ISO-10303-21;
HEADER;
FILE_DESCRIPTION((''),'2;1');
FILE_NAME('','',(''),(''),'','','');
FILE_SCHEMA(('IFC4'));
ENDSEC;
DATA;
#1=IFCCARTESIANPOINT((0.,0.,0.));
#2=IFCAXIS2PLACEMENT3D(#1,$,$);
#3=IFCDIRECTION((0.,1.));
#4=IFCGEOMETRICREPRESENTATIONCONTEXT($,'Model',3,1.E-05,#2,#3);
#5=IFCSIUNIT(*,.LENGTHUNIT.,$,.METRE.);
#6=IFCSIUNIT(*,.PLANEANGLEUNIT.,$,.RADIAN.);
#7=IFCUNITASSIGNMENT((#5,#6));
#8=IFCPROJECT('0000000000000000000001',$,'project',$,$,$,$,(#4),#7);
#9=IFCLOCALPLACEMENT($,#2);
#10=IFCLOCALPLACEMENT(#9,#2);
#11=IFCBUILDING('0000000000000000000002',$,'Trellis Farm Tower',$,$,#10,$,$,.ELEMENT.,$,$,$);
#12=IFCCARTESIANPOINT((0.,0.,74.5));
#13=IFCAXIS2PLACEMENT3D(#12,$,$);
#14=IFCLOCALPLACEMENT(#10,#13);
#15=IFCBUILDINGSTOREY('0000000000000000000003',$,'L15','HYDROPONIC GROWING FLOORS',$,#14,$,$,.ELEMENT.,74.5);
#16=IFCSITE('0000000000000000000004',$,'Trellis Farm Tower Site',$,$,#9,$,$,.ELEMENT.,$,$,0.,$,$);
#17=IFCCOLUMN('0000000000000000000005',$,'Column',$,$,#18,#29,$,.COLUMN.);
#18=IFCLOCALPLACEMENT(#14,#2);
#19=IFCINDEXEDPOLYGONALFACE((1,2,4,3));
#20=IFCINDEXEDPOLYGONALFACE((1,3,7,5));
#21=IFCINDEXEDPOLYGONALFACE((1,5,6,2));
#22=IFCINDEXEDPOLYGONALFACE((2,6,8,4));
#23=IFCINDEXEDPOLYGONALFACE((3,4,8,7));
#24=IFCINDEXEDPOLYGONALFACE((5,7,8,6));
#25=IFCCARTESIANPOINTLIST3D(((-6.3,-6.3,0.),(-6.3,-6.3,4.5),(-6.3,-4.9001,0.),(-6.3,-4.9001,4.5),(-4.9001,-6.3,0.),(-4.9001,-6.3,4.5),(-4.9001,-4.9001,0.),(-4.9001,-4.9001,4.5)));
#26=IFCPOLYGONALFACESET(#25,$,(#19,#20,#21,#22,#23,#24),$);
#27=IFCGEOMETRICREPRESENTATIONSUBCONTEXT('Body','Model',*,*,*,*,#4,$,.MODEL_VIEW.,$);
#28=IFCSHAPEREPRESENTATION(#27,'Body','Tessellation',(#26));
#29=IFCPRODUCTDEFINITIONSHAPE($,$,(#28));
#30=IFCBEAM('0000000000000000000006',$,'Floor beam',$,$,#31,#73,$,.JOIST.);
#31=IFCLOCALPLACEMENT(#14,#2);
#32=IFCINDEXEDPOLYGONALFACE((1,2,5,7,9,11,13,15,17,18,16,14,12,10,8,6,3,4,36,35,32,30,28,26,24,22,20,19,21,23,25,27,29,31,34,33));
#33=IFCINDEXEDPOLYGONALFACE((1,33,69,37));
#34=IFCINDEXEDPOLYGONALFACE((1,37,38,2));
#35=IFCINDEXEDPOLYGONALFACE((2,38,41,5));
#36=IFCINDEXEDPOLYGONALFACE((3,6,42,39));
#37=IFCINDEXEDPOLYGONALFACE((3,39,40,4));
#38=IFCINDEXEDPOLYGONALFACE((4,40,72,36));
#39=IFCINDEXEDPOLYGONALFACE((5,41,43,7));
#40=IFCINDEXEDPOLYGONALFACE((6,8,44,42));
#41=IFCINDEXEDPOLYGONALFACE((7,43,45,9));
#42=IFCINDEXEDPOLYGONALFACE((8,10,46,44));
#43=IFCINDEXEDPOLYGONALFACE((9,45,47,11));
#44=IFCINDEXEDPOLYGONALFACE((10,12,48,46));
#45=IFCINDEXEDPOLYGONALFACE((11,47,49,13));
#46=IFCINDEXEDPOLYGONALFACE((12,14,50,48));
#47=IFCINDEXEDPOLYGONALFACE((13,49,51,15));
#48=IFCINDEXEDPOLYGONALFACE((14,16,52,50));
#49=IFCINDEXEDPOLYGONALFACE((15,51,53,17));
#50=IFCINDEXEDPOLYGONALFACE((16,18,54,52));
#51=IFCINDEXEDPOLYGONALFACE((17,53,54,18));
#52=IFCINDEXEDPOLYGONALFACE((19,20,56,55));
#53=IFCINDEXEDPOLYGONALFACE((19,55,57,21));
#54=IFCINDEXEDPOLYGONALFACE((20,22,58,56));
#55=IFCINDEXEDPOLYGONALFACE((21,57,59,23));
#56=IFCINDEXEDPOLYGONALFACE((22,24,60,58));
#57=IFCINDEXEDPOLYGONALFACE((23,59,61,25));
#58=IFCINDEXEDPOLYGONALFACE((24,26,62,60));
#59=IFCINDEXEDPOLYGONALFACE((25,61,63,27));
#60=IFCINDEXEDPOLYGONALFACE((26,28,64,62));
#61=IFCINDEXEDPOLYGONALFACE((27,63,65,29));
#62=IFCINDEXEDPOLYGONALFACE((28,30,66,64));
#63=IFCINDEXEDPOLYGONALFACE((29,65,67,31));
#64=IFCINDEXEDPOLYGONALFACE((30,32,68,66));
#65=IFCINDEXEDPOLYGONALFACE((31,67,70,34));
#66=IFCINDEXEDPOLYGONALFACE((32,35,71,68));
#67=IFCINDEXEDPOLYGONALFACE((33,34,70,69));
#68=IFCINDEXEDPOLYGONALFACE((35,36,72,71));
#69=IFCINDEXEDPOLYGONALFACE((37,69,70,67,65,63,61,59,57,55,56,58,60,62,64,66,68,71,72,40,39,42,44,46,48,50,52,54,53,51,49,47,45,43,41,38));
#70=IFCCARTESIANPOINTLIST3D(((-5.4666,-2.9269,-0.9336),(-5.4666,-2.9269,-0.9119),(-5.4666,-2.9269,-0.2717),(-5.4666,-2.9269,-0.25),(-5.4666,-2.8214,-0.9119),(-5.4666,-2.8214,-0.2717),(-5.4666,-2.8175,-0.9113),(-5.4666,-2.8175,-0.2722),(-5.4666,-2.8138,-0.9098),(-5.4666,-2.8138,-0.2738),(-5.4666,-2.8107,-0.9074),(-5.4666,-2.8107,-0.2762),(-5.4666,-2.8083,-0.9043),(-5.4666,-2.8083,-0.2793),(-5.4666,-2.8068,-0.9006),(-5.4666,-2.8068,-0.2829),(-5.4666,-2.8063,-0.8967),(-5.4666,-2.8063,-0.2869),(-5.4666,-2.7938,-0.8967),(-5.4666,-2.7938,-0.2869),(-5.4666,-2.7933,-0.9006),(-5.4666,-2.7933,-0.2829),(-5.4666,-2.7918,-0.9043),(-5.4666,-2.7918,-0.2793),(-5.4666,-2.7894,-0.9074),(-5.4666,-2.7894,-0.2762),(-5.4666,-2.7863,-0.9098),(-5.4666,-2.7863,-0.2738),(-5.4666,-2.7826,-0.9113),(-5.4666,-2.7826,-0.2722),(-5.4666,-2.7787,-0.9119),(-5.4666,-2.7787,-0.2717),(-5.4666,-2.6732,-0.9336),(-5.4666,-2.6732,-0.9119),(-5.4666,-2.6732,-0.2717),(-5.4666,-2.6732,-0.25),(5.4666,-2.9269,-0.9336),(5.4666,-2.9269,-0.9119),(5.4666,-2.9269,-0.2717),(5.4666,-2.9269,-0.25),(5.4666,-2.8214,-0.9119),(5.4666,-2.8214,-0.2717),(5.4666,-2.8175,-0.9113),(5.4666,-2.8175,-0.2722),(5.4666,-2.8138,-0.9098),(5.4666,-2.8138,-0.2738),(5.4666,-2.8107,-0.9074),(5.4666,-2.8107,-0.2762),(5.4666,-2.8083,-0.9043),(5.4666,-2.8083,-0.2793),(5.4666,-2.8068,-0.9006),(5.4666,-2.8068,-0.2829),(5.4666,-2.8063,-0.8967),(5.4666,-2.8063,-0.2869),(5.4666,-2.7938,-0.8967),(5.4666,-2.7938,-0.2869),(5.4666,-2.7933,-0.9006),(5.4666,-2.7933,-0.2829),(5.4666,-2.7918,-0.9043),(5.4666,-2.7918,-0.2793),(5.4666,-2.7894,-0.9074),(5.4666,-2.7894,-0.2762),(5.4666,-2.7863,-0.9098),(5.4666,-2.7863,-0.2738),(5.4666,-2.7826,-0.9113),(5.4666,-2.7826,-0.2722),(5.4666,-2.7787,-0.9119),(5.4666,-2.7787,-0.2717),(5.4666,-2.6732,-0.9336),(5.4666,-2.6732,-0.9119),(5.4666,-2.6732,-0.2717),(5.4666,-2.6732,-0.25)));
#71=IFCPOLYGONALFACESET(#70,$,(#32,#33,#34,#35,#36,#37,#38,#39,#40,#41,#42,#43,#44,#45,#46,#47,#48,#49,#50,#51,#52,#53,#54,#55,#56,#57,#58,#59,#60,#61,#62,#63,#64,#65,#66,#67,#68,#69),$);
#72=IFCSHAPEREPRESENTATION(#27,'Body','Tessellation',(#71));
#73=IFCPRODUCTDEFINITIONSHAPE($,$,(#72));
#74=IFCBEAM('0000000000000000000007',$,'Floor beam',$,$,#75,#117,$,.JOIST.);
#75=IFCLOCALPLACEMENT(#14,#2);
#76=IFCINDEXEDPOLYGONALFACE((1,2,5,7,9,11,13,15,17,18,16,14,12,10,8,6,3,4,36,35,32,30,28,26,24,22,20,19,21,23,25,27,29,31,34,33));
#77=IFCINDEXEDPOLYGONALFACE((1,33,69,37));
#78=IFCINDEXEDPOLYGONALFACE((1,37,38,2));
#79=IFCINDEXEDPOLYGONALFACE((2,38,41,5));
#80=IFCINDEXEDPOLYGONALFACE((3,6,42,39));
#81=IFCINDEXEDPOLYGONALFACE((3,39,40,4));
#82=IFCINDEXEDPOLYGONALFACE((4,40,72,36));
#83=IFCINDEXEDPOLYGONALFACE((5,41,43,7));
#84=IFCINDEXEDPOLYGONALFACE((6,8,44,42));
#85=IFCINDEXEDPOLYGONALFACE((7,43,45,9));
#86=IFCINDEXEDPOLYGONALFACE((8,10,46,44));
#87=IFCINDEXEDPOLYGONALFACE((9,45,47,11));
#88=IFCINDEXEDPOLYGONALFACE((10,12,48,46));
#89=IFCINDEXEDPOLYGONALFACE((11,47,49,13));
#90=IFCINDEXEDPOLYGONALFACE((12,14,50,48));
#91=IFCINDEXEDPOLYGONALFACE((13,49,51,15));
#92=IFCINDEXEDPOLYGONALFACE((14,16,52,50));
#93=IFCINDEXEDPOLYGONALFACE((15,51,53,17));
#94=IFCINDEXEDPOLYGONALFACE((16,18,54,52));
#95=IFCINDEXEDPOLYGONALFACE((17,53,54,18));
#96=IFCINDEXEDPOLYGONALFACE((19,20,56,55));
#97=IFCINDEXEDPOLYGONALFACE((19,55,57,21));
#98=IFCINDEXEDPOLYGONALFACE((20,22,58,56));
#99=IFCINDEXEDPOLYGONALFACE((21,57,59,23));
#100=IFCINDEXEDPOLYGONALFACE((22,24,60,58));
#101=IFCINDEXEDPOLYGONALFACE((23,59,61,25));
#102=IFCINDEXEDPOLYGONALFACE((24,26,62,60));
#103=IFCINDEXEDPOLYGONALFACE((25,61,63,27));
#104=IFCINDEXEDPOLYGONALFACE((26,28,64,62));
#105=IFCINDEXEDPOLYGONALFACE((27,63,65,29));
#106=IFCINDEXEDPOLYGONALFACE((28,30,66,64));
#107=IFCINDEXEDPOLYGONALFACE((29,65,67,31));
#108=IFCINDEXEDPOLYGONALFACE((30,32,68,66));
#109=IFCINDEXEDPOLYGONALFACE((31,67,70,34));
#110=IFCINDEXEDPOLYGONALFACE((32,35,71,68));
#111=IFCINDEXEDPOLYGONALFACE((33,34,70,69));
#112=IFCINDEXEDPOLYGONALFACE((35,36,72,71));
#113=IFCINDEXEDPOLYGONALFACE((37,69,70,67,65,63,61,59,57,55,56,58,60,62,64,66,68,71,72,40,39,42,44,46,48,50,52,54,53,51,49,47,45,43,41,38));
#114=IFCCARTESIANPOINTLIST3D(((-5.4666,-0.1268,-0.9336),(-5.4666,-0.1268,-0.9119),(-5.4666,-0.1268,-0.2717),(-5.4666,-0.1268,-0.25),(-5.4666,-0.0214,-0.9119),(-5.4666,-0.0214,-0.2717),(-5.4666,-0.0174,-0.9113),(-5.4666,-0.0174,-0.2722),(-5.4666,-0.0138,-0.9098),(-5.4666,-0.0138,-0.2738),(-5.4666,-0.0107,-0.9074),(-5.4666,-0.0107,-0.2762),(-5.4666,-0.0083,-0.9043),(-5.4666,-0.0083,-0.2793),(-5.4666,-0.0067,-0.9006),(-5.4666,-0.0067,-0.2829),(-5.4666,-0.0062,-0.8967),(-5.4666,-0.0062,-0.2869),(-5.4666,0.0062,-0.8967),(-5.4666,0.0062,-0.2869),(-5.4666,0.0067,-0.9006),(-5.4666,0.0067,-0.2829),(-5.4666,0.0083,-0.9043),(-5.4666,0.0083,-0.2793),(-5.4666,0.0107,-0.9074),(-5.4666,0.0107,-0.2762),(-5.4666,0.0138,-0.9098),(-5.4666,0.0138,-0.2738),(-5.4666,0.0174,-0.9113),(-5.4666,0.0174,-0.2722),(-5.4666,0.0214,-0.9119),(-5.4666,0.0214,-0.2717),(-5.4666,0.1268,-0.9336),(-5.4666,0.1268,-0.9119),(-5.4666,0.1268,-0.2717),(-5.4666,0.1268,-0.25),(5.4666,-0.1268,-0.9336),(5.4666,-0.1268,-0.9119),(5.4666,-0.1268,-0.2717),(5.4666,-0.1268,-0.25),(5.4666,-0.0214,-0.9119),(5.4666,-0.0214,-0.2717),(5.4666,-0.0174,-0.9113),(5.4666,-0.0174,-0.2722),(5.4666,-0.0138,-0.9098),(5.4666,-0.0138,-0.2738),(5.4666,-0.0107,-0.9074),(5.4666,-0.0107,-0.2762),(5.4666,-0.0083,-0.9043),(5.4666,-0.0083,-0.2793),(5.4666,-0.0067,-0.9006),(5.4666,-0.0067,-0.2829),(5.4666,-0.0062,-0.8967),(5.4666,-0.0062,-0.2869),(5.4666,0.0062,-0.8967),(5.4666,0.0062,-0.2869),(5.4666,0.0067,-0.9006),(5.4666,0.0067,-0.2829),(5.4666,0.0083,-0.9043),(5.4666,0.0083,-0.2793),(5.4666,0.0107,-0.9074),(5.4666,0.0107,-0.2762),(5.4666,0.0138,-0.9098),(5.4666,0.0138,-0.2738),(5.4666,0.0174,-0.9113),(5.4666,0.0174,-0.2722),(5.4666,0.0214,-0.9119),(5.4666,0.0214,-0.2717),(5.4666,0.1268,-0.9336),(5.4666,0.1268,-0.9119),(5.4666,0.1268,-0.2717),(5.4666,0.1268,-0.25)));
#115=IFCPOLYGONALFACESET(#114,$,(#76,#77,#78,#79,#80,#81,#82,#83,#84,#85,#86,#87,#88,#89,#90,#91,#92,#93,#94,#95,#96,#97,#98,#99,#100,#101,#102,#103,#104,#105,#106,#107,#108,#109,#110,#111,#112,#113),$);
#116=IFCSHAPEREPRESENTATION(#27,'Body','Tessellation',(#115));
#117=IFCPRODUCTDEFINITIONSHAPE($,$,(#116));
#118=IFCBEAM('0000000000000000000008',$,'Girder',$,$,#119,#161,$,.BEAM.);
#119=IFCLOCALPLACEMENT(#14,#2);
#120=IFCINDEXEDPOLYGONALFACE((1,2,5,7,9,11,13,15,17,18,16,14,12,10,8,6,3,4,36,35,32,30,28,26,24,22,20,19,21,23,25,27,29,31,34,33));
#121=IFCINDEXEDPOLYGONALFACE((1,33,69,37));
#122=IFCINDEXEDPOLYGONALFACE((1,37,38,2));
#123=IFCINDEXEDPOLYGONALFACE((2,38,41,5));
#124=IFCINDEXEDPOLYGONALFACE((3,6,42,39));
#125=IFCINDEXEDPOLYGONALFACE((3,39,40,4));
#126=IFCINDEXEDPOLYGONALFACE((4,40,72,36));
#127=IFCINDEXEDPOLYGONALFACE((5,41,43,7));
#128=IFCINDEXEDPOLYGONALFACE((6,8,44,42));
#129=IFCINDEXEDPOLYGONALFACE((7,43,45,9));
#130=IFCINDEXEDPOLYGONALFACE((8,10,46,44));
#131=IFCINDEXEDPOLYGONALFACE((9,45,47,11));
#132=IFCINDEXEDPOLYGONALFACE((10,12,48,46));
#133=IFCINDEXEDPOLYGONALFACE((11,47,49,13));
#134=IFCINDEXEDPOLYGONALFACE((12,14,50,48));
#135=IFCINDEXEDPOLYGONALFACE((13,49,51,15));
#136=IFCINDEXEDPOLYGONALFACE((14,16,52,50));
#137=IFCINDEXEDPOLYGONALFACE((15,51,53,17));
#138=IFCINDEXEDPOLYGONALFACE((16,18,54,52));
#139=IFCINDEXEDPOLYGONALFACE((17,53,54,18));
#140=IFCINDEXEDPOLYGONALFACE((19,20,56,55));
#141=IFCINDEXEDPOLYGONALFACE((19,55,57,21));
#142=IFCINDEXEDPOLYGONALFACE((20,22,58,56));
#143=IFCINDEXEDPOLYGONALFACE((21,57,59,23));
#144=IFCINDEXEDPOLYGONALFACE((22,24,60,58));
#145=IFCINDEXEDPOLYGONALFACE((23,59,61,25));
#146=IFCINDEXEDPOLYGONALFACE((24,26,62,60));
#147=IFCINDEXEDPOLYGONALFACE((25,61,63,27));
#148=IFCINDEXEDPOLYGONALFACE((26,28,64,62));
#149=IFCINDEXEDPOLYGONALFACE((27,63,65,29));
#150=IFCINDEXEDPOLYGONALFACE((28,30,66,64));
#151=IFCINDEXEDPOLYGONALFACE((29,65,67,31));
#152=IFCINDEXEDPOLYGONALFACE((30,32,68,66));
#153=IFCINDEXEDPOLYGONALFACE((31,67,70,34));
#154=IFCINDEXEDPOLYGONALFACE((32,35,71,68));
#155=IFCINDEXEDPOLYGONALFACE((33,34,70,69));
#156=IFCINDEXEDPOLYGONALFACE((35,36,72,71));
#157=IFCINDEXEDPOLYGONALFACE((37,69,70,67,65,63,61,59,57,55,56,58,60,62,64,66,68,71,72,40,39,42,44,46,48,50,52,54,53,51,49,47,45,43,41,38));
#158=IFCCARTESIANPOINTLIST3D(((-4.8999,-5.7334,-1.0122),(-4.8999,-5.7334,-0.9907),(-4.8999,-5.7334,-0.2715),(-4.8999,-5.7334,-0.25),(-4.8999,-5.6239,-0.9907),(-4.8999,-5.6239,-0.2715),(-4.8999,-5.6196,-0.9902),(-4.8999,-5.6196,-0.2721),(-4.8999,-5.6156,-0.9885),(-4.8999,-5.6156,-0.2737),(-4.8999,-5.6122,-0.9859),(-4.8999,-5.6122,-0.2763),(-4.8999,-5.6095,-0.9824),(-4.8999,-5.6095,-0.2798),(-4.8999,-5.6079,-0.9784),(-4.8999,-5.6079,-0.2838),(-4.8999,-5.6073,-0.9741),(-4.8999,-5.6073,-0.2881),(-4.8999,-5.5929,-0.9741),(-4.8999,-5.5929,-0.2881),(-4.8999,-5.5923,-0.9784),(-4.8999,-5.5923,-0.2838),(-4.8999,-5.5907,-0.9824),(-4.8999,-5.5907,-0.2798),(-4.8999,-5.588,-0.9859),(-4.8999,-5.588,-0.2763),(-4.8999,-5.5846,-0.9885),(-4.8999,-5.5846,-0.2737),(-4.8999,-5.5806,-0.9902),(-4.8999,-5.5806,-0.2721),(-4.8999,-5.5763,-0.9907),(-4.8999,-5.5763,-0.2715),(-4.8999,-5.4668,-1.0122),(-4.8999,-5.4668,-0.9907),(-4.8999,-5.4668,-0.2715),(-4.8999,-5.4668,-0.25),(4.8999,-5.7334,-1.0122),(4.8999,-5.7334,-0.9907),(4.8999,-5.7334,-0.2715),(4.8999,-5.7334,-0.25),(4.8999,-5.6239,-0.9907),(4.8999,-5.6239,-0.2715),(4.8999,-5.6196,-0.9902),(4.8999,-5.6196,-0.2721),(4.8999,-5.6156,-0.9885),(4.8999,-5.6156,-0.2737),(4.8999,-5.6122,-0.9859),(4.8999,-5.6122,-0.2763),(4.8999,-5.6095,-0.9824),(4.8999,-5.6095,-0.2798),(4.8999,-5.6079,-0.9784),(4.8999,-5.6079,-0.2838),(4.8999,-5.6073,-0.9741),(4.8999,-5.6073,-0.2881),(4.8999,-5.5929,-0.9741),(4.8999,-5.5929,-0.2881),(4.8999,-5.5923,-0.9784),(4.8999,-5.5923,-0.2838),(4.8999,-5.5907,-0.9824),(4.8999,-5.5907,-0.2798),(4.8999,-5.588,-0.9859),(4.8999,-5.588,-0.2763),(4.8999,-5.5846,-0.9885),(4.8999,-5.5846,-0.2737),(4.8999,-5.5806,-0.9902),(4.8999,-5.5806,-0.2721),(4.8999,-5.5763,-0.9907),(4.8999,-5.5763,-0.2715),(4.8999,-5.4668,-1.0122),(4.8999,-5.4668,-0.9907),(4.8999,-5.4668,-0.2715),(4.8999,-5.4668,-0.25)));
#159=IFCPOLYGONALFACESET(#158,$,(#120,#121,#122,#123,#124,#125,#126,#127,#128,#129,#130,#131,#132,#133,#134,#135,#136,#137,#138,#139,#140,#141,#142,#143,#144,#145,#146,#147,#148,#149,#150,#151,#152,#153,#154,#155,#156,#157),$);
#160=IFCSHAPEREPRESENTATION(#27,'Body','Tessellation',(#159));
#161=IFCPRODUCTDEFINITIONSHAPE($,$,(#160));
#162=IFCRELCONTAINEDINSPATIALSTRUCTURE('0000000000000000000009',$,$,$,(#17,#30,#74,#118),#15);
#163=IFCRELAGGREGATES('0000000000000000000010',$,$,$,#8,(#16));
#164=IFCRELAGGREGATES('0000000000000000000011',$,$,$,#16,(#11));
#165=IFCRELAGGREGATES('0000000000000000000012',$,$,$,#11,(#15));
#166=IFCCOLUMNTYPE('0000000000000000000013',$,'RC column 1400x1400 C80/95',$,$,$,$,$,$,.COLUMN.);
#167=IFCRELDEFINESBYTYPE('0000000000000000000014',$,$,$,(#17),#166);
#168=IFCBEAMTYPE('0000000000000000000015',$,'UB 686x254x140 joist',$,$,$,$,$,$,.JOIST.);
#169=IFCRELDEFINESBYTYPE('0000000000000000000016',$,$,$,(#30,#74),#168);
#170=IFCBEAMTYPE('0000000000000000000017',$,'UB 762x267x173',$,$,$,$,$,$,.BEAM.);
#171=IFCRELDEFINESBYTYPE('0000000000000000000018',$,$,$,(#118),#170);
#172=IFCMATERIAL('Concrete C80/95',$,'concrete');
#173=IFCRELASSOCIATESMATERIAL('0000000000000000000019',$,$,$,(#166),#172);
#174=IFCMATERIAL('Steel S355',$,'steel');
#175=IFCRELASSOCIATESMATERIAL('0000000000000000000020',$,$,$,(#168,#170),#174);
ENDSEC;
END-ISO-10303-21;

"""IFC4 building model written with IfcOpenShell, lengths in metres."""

from ifc_helpers import new_model, si_unit, direction, frame, origin, origin_2d, place, context, subcontext, project, spatial, rectangle, i_section, extrude, source, transform, mapped, material, material_profile, profile_set, type_object, element, save


model = new_model("IFC4")

# Units and contexts
model_context = context("Model", 3, precision=1e-05, world=origin(), true_north=direction((0.0, 1.0)))
body_context = subcontext(model_context, "Body", "Model", "MODEL_VIEW")
ifc_project = project(units=[si_unit("LENGTHUNIT", "METRE"), si_unit("PLANEANGLEUNIT", "RADIAN")], contexts=[model_context])

# Site, building, storey
site_placement = place(None, origin())
site = spatial("IfcSite", under=ifc_project, at=site_placement, Name="Trellis Farm Tower Site", CompositionType="ELEMENT", RefElevation=0.0)
building_placement = place(site_placement, origin())
building = spatial("IfcBuilding", under=site, at=building_placement, Name="Trellis Farm Tower", CompositionType="ELEMENT")
storey_placement = place(building_placement, frame((0.0, 0.0, 74.5)))
storey = spatial("IfcBuildingStorey", under=building, at=storey_placement, Name="L15", Description="HYDROPONIC GROWING FLOORS", CompositionType="ELEMENT", Elevation=74.5)

# Column
ifc_material_1 = material(Name="Concrete C80/95", Category="concrete")
ifc_material_profile_1 = material_profile(ifc_material_1, rectangle(XDim=1.3999, YDim=1.3999, at=origin_2d()), Name="RC column 1400x1400 C80/95")
ifc_profile_set_1 = profile_set([ifc_material_profile_1], Name="Concrete C80/95")
column_type = type_object("IfcColumnType", Name="RC column 1400x1400 C80/95", PredefinedType="COLUMN", material=ifc_profile_set_1)
shared_shape_1 = source(origin(), body_context, "Body", "SweptSolid", [
    extrude(rectangle(XDim=1.3999, YDim=1.3999, at=origin_2d()), origin(), (0.0, 0.0, 1.0), 4.5),
])
column_placement = place(storey_placement, frame((-5.6001, -5.6001, 0.0), z_axis=(0.0, 0.0, 1.0), x_axis=(1.0, 0.0, 0.0)))
element("IfcColumn", 1, at=column_placement, inside=storey, type_object=column_type, Name="Column", PredefinedType="COLUMN", context=body_context, shape_type="MappedRepresentation", body=[
    mapped(shared_shape_1, transform((0.0, 0.0, 0.0))),
])

# Beams
ifc_material_2 = material(Name="Steel S355", Category="steel")
ifc_material_profile_2 = material_profile(ifc_material_2, i_section(OverallWidth=0.2537, OverallDepth=0.6836, WebThickness=0.0125, FlangeThickness=0.0217, FilletRadius=0.0151, at=origin_2d()), Name="UB 686x254x140")
ifc_profile_set_2 = profile_set([ifc_material_profile_2], Name="Steel S355")
beam_type_1 = type_object("IfcBeamType", Name="UB 686x254x140 joist", PredefinedType="JOIST", material=ifc_profile_set_2)
shared_shape_2 = source(origin(), body_context, "Body", "SweptSolid", [
    extrude(i_section(OverallWidth=0.2537, OverallDepth=0.6836, WebThickness=0.0125, FlangeThickness=0.0217, FilletRadius=0.0151, at=origin_2d()), origin(), (0.0, 0.0, 1.0), 10.9331),
])
for number, where, z_axis, x_axis, name in (
    (2, (-5.4666, -2.8, -0.5918), (1.0, 0.0, 0.0), (0.0, 1.0, 0.0), "Floor beam"),
    (3, (-5.4666, 0.0, -0.5918), (1.0, 0.0, 0.0), (0.0, 1.0, 0.0), "Floor beam"),
):
    element("IfcBeam", number, at=place(storey_placement, frame(where, z_axis=z_axis, x_axis=x_axis)), inside=storey, type_object=beam_type_1, Name=name, PredefinedType="JOIST", context=body_context, shape_type="MappedRepresentation", body=[
        mapped(shared_shape_2, transform((0.0, 0.0, 0.0))),
    ])
ifc_material_profile_3 = material_profile(ifc_material_2, i_section(OverallWidth=0.2666, OverallDepth=0.7622, WebThickness=0.0144, FlangeThickness=0.0215, FilletRadius=0.0166, at=origin_2d()), Name="UB 762x267x173")
ifc_profile_set_3 = profile_set([ifc_material_profile_3], Name="Steel S355")
beam_type_2 = type_object("IfcBeamType", Name="UB 762x267x173", PredefinedType="BEAM", material=ifc_profile_set_3)
shared_shape_3 = source(origin(), body_context, "Body", "SweptSolid", [
    extrude(i_section(OverallWidth=0.2666, OverallDepth=0.7622, WebThickness=0.0144, FlangeThickness=0.0215, FilletRadius=0.0166, at=origin_2d()), origin(), (0.0, 0.0, 1.0), 9.7998),
])
for number, where, z_axis, x_axis, name in (
    (4, (-4.8999, -5.6001, -0.6311), (1.0, 0.0, 0.0), (0.0, 1.0, 0.0), "Girder"),
):
    element("IfcBeam", number, at=place(storey_placement, frame(where, z_axis=z_axis, x_axis=x_axis)), inside=storey, type_object=beam_type_2, Name=name, PredefinedType="BEAM", context=body_context, shape_type="MappedRepresentation", body=[
        mapped(shared_shape_3, transform((0.0, 0.0, 0.0))),
    ])

save(model, "model.ifc")
